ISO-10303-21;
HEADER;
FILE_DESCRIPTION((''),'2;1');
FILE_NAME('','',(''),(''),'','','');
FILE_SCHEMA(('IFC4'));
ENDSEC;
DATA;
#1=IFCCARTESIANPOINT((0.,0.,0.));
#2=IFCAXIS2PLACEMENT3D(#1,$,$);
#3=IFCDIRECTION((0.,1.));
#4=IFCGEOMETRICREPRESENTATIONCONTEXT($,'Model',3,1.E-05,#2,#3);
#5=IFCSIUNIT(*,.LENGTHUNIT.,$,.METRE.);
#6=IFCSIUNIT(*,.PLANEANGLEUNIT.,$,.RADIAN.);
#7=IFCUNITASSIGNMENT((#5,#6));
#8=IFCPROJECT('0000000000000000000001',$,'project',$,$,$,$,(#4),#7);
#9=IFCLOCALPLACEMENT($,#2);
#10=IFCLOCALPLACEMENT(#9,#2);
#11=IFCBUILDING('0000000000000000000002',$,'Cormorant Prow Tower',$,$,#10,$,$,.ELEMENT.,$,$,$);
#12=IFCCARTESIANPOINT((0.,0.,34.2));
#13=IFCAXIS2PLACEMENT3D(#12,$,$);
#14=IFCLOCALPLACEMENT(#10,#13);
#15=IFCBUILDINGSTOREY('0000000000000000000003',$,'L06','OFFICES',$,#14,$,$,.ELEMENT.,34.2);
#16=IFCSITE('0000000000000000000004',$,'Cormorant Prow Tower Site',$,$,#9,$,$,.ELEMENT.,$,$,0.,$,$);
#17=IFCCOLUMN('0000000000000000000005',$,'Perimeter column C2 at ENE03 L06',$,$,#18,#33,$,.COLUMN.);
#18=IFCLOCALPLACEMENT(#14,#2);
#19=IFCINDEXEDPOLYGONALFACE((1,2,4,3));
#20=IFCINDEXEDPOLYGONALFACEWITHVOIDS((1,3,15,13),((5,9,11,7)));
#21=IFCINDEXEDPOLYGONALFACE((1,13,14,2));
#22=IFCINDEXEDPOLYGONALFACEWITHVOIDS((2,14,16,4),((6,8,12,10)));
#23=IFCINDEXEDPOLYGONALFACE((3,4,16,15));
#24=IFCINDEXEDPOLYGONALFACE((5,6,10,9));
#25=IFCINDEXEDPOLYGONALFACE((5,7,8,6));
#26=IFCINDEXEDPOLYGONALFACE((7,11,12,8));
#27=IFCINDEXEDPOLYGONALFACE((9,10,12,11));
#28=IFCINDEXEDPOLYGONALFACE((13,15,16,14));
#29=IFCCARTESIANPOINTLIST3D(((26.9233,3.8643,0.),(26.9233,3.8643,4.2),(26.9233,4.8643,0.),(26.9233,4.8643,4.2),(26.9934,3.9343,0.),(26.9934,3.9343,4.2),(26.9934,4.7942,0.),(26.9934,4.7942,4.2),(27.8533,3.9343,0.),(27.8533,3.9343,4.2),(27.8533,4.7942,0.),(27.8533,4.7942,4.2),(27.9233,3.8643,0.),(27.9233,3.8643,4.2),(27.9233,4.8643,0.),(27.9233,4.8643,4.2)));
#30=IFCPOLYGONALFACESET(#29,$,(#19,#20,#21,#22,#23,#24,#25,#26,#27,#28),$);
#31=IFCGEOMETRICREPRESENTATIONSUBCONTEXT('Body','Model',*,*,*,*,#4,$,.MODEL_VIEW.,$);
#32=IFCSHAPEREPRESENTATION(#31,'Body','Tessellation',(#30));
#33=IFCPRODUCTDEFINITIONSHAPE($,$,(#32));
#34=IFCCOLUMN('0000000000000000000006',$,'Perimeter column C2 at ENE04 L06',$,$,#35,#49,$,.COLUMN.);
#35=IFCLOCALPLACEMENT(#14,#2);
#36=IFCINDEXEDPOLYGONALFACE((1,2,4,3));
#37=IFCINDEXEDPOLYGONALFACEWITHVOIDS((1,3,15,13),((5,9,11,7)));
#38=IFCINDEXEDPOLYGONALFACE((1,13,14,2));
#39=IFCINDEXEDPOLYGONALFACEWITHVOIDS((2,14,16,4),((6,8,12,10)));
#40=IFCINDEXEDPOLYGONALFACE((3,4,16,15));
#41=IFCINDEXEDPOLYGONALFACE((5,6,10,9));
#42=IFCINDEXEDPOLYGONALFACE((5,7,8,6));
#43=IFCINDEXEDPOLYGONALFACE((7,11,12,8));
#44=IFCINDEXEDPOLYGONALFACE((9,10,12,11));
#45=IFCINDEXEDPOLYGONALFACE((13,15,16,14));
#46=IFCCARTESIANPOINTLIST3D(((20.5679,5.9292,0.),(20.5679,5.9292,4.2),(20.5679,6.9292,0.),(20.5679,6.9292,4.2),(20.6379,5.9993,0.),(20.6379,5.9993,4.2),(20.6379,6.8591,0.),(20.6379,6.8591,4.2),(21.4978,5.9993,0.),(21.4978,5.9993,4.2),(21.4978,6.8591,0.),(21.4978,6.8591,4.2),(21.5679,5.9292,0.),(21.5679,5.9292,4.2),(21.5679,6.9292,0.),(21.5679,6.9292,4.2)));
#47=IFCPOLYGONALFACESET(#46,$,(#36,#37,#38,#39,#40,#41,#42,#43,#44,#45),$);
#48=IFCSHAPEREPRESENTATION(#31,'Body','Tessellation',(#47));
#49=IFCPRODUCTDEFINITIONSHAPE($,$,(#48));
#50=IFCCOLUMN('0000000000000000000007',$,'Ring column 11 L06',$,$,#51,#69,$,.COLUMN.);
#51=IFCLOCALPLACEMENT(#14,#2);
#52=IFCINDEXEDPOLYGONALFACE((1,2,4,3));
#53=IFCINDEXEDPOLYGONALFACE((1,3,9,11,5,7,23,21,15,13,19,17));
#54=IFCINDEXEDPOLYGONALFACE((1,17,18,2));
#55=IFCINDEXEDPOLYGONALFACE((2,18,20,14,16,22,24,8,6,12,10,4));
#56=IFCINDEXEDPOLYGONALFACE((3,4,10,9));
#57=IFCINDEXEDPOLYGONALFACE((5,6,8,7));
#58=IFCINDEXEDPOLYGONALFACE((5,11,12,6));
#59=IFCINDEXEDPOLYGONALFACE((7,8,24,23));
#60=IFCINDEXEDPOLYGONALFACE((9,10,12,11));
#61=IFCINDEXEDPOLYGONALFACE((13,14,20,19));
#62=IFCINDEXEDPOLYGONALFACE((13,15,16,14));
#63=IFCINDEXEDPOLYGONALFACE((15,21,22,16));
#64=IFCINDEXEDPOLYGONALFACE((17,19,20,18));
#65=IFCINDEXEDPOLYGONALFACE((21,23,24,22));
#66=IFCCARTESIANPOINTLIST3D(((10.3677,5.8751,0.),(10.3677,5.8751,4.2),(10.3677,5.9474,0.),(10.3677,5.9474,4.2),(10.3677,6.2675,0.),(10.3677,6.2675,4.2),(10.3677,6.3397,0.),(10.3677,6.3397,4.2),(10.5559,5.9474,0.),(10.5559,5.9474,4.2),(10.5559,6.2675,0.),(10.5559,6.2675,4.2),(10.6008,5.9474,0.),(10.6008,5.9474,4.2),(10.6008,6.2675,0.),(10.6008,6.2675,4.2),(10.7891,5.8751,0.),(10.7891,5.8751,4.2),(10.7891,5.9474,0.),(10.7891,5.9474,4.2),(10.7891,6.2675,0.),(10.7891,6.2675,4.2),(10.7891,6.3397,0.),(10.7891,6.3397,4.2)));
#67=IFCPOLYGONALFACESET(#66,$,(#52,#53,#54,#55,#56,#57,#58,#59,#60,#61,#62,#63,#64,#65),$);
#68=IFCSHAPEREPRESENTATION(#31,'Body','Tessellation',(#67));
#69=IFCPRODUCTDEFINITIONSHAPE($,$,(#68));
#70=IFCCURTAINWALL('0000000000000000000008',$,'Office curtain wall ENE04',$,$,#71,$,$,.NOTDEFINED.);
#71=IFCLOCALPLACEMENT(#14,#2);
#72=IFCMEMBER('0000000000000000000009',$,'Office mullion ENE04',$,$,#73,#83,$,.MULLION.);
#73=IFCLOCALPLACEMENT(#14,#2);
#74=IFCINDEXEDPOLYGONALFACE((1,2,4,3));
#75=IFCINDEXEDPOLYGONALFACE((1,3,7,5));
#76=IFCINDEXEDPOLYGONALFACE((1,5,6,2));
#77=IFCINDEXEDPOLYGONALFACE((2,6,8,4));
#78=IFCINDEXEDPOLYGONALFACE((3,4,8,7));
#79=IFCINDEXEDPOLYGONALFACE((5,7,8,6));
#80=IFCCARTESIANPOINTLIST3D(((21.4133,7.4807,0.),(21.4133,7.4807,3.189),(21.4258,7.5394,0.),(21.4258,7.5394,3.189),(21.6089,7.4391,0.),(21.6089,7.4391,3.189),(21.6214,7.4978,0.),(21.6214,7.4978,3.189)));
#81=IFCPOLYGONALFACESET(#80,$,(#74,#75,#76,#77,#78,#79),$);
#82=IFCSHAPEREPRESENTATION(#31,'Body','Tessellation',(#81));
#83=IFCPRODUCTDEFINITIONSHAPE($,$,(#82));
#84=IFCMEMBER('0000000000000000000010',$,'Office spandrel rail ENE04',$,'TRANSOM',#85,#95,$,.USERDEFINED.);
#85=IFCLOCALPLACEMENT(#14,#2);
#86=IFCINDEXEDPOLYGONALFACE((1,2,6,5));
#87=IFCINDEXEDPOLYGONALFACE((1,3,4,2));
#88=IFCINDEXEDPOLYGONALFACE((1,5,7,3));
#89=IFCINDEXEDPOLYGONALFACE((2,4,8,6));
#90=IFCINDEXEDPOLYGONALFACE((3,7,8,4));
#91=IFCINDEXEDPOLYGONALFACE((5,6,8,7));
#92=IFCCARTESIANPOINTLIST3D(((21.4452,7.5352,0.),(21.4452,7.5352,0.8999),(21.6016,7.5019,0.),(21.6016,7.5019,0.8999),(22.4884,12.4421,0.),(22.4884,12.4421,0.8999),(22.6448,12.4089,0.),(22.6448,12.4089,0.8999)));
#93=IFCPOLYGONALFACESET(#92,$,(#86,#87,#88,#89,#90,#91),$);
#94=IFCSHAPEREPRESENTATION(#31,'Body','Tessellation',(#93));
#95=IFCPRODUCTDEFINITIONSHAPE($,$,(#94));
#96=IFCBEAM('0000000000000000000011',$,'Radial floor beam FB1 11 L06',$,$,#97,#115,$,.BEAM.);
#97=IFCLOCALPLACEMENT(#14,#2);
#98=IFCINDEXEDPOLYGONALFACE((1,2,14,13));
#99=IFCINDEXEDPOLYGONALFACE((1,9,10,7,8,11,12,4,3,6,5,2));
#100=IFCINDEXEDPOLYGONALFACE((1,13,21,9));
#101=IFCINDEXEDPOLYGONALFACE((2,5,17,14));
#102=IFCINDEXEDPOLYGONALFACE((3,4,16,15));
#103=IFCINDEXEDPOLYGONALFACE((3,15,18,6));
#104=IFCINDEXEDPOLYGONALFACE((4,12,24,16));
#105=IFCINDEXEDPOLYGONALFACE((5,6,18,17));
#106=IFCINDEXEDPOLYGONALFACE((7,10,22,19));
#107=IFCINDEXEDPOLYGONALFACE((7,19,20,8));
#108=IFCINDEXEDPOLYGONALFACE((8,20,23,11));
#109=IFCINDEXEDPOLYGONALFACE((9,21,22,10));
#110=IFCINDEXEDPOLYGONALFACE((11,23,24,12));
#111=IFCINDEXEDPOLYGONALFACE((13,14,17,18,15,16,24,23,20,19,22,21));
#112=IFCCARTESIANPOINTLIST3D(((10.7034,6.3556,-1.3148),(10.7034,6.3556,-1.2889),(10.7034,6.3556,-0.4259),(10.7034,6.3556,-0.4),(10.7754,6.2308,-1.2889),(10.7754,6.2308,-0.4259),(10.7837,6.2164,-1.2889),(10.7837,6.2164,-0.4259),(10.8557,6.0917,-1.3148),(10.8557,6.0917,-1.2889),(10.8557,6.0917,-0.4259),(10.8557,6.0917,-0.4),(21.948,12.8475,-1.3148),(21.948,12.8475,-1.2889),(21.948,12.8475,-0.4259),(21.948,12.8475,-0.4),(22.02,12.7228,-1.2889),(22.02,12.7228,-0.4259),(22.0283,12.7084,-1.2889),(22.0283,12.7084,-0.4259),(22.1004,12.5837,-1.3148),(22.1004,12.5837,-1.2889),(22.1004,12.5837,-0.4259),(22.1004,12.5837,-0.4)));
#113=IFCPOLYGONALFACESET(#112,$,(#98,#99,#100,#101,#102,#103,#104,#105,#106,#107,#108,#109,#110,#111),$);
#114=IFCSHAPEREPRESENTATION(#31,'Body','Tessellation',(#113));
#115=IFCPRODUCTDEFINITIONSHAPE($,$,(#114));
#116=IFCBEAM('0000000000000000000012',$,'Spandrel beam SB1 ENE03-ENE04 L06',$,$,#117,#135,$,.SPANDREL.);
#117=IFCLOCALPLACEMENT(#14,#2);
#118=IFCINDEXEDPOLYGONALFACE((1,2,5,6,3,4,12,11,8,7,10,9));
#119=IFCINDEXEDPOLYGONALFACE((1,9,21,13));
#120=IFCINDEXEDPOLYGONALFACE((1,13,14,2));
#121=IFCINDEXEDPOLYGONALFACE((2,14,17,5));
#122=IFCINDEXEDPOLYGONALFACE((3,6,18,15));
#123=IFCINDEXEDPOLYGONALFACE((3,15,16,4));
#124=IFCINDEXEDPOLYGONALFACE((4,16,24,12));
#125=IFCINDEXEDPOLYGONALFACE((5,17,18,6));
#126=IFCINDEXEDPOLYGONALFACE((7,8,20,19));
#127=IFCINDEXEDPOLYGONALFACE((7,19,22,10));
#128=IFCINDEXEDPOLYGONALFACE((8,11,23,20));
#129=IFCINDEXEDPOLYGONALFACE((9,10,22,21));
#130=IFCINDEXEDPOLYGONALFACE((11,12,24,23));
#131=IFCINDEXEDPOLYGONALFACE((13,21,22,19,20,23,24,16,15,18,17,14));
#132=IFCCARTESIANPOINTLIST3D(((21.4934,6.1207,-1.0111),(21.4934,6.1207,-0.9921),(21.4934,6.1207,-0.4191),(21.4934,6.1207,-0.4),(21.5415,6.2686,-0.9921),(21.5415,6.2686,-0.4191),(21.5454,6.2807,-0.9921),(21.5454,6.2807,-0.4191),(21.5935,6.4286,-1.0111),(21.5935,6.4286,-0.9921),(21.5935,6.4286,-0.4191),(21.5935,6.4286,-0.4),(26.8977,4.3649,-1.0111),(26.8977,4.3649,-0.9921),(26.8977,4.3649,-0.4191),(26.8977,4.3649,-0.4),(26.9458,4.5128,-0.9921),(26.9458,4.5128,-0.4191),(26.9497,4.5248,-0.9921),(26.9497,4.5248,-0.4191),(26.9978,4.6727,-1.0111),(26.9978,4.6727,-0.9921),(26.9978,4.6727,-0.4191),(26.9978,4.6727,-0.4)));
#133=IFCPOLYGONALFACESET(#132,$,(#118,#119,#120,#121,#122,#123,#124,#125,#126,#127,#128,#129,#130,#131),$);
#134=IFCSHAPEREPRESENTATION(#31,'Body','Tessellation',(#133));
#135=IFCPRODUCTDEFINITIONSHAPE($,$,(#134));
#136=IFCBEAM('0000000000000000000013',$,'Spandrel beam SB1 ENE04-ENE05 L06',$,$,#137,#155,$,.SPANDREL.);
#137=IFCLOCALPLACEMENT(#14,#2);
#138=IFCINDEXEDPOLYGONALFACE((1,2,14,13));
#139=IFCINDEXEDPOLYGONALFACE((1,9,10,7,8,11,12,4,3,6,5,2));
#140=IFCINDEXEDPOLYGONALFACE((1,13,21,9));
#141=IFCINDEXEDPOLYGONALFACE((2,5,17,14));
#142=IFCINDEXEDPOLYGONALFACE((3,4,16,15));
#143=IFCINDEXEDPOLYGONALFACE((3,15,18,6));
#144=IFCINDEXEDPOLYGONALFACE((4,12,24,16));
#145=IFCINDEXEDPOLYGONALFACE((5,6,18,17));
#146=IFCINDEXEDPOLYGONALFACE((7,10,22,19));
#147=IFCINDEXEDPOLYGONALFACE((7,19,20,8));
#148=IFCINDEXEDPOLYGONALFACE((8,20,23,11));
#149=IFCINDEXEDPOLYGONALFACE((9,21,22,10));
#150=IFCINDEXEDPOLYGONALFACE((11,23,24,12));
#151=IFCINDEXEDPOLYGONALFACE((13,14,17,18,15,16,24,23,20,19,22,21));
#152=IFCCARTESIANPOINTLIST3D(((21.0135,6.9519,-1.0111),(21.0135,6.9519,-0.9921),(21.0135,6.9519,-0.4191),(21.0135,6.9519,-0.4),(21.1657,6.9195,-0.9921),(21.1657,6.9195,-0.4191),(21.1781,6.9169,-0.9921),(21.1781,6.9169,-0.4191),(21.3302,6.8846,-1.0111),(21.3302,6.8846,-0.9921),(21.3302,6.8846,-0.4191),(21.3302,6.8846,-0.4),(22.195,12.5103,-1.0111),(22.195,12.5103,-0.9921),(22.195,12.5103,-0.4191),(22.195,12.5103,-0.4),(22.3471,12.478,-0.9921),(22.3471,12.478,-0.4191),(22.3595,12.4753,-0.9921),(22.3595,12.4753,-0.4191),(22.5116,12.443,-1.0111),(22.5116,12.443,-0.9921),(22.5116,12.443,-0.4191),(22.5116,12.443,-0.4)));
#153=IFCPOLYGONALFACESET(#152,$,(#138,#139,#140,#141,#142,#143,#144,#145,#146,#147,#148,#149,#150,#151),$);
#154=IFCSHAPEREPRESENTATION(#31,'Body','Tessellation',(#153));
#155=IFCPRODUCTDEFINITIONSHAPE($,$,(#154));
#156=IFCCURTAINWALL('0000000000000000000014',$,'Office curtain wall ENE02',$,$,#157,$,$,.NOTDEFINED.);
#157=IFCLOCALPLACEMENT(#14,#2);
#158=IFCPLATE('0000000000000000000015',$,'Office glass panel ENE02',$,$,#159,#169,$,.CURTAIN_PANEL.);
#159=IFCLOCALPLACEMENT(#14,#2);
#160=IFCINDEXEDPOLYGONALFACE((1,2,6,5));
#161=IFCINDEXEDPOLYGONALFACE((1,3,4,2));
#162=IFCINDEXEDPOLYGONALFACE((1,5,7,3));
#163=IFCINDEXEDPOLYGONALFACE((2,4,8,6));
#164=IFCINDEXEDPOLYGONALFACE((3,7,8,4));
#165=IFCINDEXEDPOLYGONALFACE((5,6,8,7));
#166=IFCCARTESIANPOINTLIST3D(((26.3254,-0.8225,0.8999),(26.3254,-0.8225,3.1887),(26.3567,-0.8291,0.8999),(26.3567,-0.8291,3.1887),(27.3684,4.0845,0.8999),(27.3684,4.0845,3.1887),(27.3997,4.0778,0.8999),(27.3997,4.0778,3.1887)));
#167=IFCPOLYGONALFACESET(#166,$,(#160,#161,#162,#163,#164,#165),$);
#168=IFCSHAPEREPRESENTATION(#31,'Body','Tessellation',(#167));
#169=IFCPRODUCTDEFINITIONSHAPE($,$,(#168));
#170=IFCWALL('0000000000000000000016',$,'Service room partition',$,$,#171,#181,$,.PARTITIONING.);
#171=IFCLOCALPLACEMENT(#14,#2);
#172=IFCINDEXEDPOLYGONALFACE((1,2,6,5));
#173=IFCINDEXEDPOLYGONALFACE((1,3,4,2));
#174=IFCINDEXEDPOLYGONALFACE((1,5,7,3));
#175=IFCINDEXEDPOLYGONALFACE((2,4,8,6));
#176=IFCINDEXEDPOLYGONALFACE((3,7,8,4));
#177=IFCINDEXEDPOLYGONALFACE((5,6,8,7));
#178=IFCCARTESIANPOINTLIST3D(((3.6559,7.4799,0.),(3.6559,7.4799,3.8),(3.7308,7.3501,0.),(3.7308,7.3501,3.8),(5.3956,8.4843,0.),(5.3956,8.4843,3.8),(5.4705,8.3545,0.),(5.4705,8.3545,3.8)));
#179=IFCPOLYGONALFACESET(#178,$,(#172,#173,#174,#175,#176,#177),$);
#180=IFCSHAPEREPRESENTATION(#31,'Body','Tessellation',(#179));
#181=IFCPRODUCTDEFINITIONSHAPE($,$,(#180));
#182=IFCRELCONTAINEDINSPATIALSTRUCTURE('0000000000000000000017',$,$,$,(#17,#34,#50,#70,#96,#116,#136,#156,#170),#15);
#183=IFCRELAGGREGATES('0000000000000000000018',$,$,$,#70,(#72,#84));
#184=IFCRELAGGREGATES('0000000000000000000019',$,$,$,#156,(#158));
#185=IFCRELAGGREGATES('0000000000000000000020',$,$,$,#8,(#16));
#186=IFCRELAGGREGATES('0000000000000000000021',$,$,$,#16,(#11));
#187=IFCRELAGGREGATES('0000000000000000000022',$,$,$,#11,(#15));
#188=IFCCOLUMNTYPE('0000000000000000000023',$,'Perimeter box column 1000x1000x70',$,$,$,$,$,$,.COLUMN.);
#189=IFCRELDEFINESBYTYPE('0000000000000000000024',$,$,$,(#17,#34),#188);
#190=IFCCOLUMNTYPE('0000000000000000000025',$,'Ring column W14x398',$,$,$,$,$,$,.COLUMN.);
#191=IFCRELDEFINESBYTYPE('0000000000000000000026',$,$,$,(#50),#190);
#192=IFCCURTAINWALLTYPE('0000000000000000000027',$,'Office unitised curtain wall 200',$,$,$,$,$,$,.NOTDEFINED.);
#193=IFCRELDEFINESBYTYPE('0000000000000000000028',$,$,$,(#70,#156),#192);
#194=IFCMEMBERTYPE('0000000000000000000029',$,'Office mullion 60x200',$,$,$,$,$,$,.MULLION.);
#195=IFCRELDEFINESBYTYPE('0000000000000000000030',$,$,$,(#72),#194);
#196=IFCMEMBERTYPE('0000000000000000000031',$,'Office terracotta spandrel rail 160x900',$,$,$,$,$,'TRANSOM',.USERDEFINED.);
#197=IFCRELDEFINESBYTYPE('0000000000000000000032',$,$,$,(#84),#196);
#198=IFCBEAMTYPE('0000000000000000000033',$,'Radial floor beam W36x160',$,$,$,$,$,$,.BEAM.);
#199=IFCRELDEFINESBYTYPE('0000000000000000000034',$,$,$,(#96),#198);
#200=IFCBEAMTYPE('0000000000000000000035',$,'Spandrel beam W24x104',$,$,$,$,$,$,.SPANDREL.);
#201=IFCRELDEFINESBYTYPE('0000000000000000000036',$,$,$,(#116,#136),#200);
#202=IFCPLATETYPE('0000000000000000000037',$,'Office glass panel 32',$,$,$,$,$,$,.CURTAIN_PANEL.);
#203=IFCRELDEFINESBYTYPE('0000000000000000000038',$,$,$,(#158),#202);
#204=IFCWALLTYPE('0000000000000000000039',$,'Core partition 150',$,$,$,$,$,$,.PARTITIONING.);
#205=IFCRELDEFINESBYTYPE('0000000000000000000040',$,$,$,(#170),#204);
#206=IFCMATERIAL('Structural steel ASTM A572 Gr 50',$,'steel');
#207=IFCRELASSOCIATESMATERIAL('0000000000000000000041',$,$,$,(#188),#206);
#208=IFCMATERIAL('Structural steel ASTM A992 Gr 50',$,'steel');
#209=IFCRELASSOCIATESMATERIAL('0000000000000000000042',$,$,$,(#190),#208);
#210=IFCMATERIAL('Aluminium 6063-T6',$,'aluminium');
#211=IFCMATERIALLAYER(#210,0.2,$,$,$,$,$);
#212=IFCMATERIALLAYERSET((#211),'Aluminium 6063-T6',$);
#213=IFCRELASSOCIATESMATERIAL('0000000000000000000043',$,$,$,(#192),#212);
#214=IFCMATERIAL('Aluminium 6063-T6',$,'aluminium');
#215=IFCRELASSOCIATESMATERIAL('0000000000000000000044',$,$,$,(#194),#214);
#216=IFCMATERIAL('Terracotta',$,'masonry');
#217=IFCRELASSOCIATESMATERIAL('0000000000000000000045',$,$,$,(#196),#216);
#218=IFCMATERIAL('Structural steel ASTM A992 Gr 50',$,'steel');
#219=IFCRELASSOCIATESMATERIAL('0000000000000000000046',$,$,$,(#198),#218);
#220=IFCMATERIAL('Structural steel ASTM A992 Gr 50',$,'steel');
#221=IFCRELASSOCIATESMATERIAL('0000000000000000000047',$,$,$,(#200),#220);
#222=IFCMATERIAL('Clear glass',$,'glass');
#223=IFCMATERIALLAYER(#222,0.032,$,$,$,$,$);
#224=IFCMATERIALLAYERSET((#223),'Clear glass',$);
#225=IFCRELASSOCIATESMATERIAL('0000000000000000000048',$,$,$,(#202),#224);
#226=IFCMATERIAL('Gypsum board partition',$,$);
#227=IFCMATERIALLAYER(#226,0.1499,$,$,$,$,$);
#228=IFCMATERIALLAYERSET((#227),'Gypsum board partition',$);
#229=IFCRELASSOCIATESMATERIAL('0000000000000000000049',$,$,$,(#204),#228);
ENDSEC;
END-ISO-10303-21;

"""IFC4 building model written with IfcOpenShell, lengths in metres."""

from ifc_helpers import new_model, si_unit, direction, frame, frame_2d, origin, origin_2d, place, context, subcontext, project, spatial, rectangle, hollow_rectangle, i_section, extrude, material, layer, layer_set, material_profile, profile_set, type_object, element, aggregate, save


model = new_model("IFC4")

# Units and contexts
model_context = context("Model", 3, precision=1e-05, world=origin(), true_north=direction((0.0, 1.0)))
body_context = subcontext(model_context, "Body", "Model", "MODEL_VIEW")
ifc_project = project(units=[si_unit("LENGTHUNIT", "METRE"), si_unit("PLANEANGLEUNIT", "RADIAN")], contexts=[model_context])

# Site, building, storey
site_placement = place(None, origin())
site = spatial("IfcSite", under=ifc_project, at=site_placement, Name="Cormorant Prow Tower Site", CompositionType="ELEMENT", RefElevation=0.0)
building_placement = place(site_placement, origin())
building = spatial("IfcBuilding", under=site, at=building_placement, Name="Cormorant Prow Tower", CompositionType="ELEMENT")
storey_placement = place(building_placement, frame((0.0, 0.0, 34.2)))
storey = spatial("IfcBuildingStorey", under=building, at=storey_placement, Name="L06", Description="OFFICES", CompositionType="ELEMENT", Elevation=34.2)

# Columns
ifc_material_1 = material(Name="Structural steel ASTM A572 Gr 50", Category="steel")
ifc_material_profile_1 = material_profile(ifc_material_1, hollow_rectangle(XDim=1.0, YDim=1.0, WallThickness=0.0701, at=origin_2d()), Name="Box 1000x1000x70")
ifc_profile_set_1 = profile_set([ifc_material_profile_1], Name="Structural steel ASTM A572 Gr 50")
column_type_1 = type_object("IfcColumnType", Name="Perimeter box column 1000x1000x70", PredefinedType="COLUMN", material=ifc_profile_set_1)
for number, where, z_axis, x_axis, name in (
    (1, (27.4233, 4.3643, 0.0), (0.0, 0.0, 1.0), (1.0, 0.0, 0.0), "Perimeter column C2 at ENE03 L06"),
    (2, (21.0679, 6.4292, 0.0), (0.0, 0.0, 1.0), (1.0, 0.0, 0.0), "Perimeter column C2 at ENE04 L06"),
):
    element("IfcColumn", number, at=place(storey_placement, frame(where, z_axis=z_axis, x_axis=x_axis)), inside=storey, type_object=column_type_1, Name=name, PredefinedType="COLUMN", context=body_context, shape_type="SweptSolid", body=[
        extrude(hollow_rectangle(XDim=1.0, YDim=1.0, WallThickness=0.0701, at=origin_2d()), origin(), (0.0, 0.0, 1.0), 4.2),
    ])
ifc_material_2 = material(Name="Structural steel ASTM A992 Gr 50", Category="steel")
ifc_material_profile_2 = material_profile(ifc_material_2, i_section(OverallWidth=0.4214, OverallDepth=0.4646, WebThickness=0.0449, FlangeThickness=0.0723, at=origin_2d()), Name="W14x398")
ifc_profile_set_2 = profile_set([ifc_material_profile_2], Name="Structural steel ASTM A992 Gr 50")
column_type_2 = type_object("IfcColumnType", Name="Ring column W14x398", PredefinedType="COLUMN", material=ifc_profile_set_2)
column_placement = place(storey_placement, frame((10.5784, 6.1074, 0.0), z_axis=(0.0, 0.0, 1.0), x_axis=(1.0, 0.0, 0.0)))
element("IfcColumn", 3, at=column_placement, inside=storey, type_object=column_type_2, Name="Ring column 11 L06", PredefinedType="COLUMN", context=body_context, shape_type="SweptSolid", body=[
    extrude(i_section(OverallWidth=0.4214, OverallDepth=0.4646, WebThickness=0.0449, FlangeThickness=0.0723, at=origin_2d()), origin(), (0.0, 0.0, 1.0), 4.2),
])

# Curtain wall, members
ifc_material_3 = material(Name="Aluminium 6063-T6", Category="aluminium")
ifc_layer_1 = layer(ifc_material_3, 0.2)
ifc_layer_set_1 = layer_set([ifc_layer_1], Name="Aluminium 6063-T6")
curtain_wall_type = type_object("IfcCurtainWallType", Name="Office unitised curtain wall 200", PredefinedType="NOTDEFINED", material=ifc_layer_set_1)
curtain_wall_1_placement = place(storey_placement, origin())
curtain_wall_1 = element("IfcCurtainWall", 4, at=curtain_wall_1_placement, inside=storey, type_object=curtain_wall_type, Name="Office curtain wall ENE04", PredefinedType="NOTDEFINED")
ifc_material_4 = material(Name="Aluminium 6063-T6", Category="aluminium")
ifc_material_profile_3 = material_profile(ifc_material_4, rectangle(XDim=0.2, YDim=0.0601, at=origin_2d()), Name="Office mullion 60x200")
ifc_profile_set_3 = profile_set([ifc_material_profile_3], Name="Aluminium 6063-T6")
member_type_1 = type_object("IfcMemberType", Name="Office mullion 60x200", PredefinedType="MULLION", material=ifc_profile_set_3)
member_1_placement = place(storey_placement, frame((21.5173, 7.4893, 0.0), z_axis=(0.0, 0.0, 1.0), x_axis=(-0.978148, 0.207912, 0.0)))
member_1 = element("IfcMember", 5, at=member_1_placement, type_object=member_type_1, Name="Office mullion ENE04", PredefinedType="MULLION", context=body_context, shape_type="SweptSolid", body=[
    extrude(rectangle(XDim=0.2, YDim=0.0601, at=origin_2d()), origin(), (0.0, 0.0, 1.0), 3.189),
])
ifc_material_5 = material(Name="Terracotta", Category="masonry")
ifc_material_profile_4 = material_profile(ifc_material_5, rectangle(XDim=0.1599, YDim=0.8999, at=origin_2d()), Name="Office terracotta spandrel rail 160x900")
ifc_profile_set_4 = profile_set([ifc_material_profile_4], Name="Terracotta")
member_type_2 = type_object("IfcMemberType", Name="Office terracotta spandrel rail 160x900", ElementType="TRANSOM", PredefinedType="USERDEFINED", material=ifc_profile_set_4)
member_2_placement = place(storey_placement, frame((21.5234, 7.5186, 0.45), z_axis=(0.20795, 0.978139, 0.0), x_axis=(-0.978139, 0.20795, 0.0)))
member_2 = element("IfcMember", 6, at=member_2_placement, type_object=member_type_2, Name="Office spandrel rail ENE04", ObjectType="TRANSOM", PredefinedType="USERDEFINED", context=body_context, shape_type="SweptSolid", body=[
    extrude(rectangle(XDim=0.1599, YDim=0.8999, at=origin_2d()), origin(), (0.0, 0.0, 1.0), 5.0166),
])
aggregate(curtain_wall_1, [member_1, member_2])

# Beams
ifc_material_6 = material(Name="Structural steel ASTM A992 Gr 50", Category="steel")
ifc_material_profile_5 = material_profile(ifc_material_6, i_section(OverallWidth=0.3047, OverallDepth=0.9148, WebThickness=0.0166, FlangeThickness=0.0259, at=origin_2d()), Name="W36x160")
ifc_profile_set_5 = profile_set([ifc_material_profile_5], Name="Structural steel ASTM A992 Gr 50")
beam_type_1 = type_object("IfcBeamType", Name="Radial floor beam W36x160", PredefinedType="BEAM", material=ifc_profile_set_5)
beam_1_placement = place(storey_placement, frame((10.7795, 6.2236, -0.8574), z_axis=(0.86603, 0.499992, 0.0), x_axis=(-0.499992, 0.86603, 0.0)))
element("IfcBeam", 7, at=beam_1_placement, inside=storey, type_object=beam_type_1, Name="Radial floor beam FB1 11 L06", PredefinedType="BEAM", context=body_context, shape_type="SweptSolid", body=[
    extrude(i_section(OverallWidth=0.3047, OverallDepth=0.9148, WebThickness=0.0166, FlangeThickness=0.0259, at=origin_2d()), origin(), (0.0, 0.0, 1.0), 12.9841),
])
ifc_material_7 = material(Name="Structural steel ASTM A992 Gr 50", Category="steel")
ifc_material_profile_6 = material_profile(ifc_material_7, i_section(OverallWidth=0.3237, OverallDepth=0.6111, WebThickness=0.0127, FlangeThickness=0.019, at=origin_2d()), Name="W24x104")
ifc_profile_set_6 = profile_set([ifc_material_profile_6], Name="Structural steel ASTM A992 Gr 50")
beam_type_2 = type_object("IfcBeamType", Name="Spandrel beam W24x104", PredefinedType="SPANDREL", material=ifc_profile_set_6)
beam_2_placement = place(storey_placement, frame((26.9478, 4.5188, -0.7056), z_axis=(-0.951062, 0.309001, 0.0), x_axis=(-0.309001, -0.951062, 0.0)))
element("IfcBeam", 8, at=beam_2_placement, inside=storey, type_object=beam_type_2, Name="Spandrel beam SB1 ENE03-ENE04 L06", PredefinedType="SPANDREL", context=body_context, shape_type="SweptSolid", body=[
    extrude(i_section(OverallWidth=0.3237, OverallDepth=0.6111, WebThickness=0.0127, FlangeThickness=0.019, at=origin_2d()), origin(), (0.0, 0.0, 1.0), 5.6824),
])
beam_3_placement = place(storey_placement, frame((21.1719, 6.9182, -0.7056), z_axis=(0.2079, 0.97815, 0.0), x_axis=(-0.97815, 0.2079, 0.0)))
element("IfcBeam", 9, at=beam_3_placement, inside=storey, type_object=beam_type_2, Name="Spandrel beam SB1 ENE04-ENE05 L06", PredefinedType="SPANDREL", context=body_context, shape_type="SweptSolid", body=[
    extrude(i_section(OverallWidth=0.3237, OverallDepth=0.6111, WebThickness=0.0127, FlangeThickness=0.019, at=origin_2d()), origin(), (0.0, 0.0, 1.0), 5.6826),
])

# Curtain wall, plate
curtain_wall_2_placement = place(storey_placement, origin())
curtain_wall_2 = element("IfcCurtainWall", 10, at=curtain_wall_2_placement, inside=storey, type_object=curtain_wall_type, Name="Office curtain wall ENE02", PredefinedType="NOTDEFINED")
ifc_material_8 = material(Name="Clear glass", Category="glass")
ifc_layer_2 = layer(ifc_material_8, 0.032)
ifc_layer_set_2 = layer_set([ifc_layer_2], Name="Clear glass")
plate_type = type_object("IfcPlateType", Name="Office glass panel 32", PredefinedType="CURTAIN_PANEL", material=ifc_layer_set_2)
plate_placement = place(storey_placement, frame((26.8625, 1.6277, 0.8999), z_axis=(0.0, 0.0, 1.0), x_axis=(0.207912, 0.978148, 0.0)))
plate = element("IfcPlate", 11, at=plate_placement, type_object=plate_type, Name="Office glass panel ENE02", PredefinedType="CURTAIN_PANEL", context=body_context, shape_type="SweptSolid", body=[
    extrude(rectangle(XDim=5.0166, YDim=0.032, at=origin_2d()), origin(), (0.0, 0.0, 1.0), 2.2888),
])
aggregate(curtain_wall_2, [plate])

# Wall
ifc_material_9 = material(Name="Gypsum board partition")
ifc_layer_3 = layer(ifc_material_9, 0.1499)
ifc_layer_set_3 = layer_set([ifc_layer_3], Name="Gypsum board partition")
wall_type_1 = type_object("IfcWallType", Name="Core partition 150", PredefinedType="PARTITIONING", material=ifc_layer_set_3)
wall_1_placement = place(storey_placement, frame((3.6934, 7.415, 0.0), z_axis=(0.0, 0.0, 1.0), x_axis=(0.866036, 0.499982, 0.0)))
element("IfcWall", 12, at=wall_1_placement, inside=storey, type_object=wall_type_1, Name="Service room partition", PredefinedType="PARTITIONING", context=body_context, shape_type="SweptSolid", body=[
    extrude(rectangle(XDim=2.0088, YDim=0.1499, at=frame_2d((1.0044, 0.0))), origin(), (0.0, 0.0, 1.0), 3.8),
])

save(model, "model.ifc")
